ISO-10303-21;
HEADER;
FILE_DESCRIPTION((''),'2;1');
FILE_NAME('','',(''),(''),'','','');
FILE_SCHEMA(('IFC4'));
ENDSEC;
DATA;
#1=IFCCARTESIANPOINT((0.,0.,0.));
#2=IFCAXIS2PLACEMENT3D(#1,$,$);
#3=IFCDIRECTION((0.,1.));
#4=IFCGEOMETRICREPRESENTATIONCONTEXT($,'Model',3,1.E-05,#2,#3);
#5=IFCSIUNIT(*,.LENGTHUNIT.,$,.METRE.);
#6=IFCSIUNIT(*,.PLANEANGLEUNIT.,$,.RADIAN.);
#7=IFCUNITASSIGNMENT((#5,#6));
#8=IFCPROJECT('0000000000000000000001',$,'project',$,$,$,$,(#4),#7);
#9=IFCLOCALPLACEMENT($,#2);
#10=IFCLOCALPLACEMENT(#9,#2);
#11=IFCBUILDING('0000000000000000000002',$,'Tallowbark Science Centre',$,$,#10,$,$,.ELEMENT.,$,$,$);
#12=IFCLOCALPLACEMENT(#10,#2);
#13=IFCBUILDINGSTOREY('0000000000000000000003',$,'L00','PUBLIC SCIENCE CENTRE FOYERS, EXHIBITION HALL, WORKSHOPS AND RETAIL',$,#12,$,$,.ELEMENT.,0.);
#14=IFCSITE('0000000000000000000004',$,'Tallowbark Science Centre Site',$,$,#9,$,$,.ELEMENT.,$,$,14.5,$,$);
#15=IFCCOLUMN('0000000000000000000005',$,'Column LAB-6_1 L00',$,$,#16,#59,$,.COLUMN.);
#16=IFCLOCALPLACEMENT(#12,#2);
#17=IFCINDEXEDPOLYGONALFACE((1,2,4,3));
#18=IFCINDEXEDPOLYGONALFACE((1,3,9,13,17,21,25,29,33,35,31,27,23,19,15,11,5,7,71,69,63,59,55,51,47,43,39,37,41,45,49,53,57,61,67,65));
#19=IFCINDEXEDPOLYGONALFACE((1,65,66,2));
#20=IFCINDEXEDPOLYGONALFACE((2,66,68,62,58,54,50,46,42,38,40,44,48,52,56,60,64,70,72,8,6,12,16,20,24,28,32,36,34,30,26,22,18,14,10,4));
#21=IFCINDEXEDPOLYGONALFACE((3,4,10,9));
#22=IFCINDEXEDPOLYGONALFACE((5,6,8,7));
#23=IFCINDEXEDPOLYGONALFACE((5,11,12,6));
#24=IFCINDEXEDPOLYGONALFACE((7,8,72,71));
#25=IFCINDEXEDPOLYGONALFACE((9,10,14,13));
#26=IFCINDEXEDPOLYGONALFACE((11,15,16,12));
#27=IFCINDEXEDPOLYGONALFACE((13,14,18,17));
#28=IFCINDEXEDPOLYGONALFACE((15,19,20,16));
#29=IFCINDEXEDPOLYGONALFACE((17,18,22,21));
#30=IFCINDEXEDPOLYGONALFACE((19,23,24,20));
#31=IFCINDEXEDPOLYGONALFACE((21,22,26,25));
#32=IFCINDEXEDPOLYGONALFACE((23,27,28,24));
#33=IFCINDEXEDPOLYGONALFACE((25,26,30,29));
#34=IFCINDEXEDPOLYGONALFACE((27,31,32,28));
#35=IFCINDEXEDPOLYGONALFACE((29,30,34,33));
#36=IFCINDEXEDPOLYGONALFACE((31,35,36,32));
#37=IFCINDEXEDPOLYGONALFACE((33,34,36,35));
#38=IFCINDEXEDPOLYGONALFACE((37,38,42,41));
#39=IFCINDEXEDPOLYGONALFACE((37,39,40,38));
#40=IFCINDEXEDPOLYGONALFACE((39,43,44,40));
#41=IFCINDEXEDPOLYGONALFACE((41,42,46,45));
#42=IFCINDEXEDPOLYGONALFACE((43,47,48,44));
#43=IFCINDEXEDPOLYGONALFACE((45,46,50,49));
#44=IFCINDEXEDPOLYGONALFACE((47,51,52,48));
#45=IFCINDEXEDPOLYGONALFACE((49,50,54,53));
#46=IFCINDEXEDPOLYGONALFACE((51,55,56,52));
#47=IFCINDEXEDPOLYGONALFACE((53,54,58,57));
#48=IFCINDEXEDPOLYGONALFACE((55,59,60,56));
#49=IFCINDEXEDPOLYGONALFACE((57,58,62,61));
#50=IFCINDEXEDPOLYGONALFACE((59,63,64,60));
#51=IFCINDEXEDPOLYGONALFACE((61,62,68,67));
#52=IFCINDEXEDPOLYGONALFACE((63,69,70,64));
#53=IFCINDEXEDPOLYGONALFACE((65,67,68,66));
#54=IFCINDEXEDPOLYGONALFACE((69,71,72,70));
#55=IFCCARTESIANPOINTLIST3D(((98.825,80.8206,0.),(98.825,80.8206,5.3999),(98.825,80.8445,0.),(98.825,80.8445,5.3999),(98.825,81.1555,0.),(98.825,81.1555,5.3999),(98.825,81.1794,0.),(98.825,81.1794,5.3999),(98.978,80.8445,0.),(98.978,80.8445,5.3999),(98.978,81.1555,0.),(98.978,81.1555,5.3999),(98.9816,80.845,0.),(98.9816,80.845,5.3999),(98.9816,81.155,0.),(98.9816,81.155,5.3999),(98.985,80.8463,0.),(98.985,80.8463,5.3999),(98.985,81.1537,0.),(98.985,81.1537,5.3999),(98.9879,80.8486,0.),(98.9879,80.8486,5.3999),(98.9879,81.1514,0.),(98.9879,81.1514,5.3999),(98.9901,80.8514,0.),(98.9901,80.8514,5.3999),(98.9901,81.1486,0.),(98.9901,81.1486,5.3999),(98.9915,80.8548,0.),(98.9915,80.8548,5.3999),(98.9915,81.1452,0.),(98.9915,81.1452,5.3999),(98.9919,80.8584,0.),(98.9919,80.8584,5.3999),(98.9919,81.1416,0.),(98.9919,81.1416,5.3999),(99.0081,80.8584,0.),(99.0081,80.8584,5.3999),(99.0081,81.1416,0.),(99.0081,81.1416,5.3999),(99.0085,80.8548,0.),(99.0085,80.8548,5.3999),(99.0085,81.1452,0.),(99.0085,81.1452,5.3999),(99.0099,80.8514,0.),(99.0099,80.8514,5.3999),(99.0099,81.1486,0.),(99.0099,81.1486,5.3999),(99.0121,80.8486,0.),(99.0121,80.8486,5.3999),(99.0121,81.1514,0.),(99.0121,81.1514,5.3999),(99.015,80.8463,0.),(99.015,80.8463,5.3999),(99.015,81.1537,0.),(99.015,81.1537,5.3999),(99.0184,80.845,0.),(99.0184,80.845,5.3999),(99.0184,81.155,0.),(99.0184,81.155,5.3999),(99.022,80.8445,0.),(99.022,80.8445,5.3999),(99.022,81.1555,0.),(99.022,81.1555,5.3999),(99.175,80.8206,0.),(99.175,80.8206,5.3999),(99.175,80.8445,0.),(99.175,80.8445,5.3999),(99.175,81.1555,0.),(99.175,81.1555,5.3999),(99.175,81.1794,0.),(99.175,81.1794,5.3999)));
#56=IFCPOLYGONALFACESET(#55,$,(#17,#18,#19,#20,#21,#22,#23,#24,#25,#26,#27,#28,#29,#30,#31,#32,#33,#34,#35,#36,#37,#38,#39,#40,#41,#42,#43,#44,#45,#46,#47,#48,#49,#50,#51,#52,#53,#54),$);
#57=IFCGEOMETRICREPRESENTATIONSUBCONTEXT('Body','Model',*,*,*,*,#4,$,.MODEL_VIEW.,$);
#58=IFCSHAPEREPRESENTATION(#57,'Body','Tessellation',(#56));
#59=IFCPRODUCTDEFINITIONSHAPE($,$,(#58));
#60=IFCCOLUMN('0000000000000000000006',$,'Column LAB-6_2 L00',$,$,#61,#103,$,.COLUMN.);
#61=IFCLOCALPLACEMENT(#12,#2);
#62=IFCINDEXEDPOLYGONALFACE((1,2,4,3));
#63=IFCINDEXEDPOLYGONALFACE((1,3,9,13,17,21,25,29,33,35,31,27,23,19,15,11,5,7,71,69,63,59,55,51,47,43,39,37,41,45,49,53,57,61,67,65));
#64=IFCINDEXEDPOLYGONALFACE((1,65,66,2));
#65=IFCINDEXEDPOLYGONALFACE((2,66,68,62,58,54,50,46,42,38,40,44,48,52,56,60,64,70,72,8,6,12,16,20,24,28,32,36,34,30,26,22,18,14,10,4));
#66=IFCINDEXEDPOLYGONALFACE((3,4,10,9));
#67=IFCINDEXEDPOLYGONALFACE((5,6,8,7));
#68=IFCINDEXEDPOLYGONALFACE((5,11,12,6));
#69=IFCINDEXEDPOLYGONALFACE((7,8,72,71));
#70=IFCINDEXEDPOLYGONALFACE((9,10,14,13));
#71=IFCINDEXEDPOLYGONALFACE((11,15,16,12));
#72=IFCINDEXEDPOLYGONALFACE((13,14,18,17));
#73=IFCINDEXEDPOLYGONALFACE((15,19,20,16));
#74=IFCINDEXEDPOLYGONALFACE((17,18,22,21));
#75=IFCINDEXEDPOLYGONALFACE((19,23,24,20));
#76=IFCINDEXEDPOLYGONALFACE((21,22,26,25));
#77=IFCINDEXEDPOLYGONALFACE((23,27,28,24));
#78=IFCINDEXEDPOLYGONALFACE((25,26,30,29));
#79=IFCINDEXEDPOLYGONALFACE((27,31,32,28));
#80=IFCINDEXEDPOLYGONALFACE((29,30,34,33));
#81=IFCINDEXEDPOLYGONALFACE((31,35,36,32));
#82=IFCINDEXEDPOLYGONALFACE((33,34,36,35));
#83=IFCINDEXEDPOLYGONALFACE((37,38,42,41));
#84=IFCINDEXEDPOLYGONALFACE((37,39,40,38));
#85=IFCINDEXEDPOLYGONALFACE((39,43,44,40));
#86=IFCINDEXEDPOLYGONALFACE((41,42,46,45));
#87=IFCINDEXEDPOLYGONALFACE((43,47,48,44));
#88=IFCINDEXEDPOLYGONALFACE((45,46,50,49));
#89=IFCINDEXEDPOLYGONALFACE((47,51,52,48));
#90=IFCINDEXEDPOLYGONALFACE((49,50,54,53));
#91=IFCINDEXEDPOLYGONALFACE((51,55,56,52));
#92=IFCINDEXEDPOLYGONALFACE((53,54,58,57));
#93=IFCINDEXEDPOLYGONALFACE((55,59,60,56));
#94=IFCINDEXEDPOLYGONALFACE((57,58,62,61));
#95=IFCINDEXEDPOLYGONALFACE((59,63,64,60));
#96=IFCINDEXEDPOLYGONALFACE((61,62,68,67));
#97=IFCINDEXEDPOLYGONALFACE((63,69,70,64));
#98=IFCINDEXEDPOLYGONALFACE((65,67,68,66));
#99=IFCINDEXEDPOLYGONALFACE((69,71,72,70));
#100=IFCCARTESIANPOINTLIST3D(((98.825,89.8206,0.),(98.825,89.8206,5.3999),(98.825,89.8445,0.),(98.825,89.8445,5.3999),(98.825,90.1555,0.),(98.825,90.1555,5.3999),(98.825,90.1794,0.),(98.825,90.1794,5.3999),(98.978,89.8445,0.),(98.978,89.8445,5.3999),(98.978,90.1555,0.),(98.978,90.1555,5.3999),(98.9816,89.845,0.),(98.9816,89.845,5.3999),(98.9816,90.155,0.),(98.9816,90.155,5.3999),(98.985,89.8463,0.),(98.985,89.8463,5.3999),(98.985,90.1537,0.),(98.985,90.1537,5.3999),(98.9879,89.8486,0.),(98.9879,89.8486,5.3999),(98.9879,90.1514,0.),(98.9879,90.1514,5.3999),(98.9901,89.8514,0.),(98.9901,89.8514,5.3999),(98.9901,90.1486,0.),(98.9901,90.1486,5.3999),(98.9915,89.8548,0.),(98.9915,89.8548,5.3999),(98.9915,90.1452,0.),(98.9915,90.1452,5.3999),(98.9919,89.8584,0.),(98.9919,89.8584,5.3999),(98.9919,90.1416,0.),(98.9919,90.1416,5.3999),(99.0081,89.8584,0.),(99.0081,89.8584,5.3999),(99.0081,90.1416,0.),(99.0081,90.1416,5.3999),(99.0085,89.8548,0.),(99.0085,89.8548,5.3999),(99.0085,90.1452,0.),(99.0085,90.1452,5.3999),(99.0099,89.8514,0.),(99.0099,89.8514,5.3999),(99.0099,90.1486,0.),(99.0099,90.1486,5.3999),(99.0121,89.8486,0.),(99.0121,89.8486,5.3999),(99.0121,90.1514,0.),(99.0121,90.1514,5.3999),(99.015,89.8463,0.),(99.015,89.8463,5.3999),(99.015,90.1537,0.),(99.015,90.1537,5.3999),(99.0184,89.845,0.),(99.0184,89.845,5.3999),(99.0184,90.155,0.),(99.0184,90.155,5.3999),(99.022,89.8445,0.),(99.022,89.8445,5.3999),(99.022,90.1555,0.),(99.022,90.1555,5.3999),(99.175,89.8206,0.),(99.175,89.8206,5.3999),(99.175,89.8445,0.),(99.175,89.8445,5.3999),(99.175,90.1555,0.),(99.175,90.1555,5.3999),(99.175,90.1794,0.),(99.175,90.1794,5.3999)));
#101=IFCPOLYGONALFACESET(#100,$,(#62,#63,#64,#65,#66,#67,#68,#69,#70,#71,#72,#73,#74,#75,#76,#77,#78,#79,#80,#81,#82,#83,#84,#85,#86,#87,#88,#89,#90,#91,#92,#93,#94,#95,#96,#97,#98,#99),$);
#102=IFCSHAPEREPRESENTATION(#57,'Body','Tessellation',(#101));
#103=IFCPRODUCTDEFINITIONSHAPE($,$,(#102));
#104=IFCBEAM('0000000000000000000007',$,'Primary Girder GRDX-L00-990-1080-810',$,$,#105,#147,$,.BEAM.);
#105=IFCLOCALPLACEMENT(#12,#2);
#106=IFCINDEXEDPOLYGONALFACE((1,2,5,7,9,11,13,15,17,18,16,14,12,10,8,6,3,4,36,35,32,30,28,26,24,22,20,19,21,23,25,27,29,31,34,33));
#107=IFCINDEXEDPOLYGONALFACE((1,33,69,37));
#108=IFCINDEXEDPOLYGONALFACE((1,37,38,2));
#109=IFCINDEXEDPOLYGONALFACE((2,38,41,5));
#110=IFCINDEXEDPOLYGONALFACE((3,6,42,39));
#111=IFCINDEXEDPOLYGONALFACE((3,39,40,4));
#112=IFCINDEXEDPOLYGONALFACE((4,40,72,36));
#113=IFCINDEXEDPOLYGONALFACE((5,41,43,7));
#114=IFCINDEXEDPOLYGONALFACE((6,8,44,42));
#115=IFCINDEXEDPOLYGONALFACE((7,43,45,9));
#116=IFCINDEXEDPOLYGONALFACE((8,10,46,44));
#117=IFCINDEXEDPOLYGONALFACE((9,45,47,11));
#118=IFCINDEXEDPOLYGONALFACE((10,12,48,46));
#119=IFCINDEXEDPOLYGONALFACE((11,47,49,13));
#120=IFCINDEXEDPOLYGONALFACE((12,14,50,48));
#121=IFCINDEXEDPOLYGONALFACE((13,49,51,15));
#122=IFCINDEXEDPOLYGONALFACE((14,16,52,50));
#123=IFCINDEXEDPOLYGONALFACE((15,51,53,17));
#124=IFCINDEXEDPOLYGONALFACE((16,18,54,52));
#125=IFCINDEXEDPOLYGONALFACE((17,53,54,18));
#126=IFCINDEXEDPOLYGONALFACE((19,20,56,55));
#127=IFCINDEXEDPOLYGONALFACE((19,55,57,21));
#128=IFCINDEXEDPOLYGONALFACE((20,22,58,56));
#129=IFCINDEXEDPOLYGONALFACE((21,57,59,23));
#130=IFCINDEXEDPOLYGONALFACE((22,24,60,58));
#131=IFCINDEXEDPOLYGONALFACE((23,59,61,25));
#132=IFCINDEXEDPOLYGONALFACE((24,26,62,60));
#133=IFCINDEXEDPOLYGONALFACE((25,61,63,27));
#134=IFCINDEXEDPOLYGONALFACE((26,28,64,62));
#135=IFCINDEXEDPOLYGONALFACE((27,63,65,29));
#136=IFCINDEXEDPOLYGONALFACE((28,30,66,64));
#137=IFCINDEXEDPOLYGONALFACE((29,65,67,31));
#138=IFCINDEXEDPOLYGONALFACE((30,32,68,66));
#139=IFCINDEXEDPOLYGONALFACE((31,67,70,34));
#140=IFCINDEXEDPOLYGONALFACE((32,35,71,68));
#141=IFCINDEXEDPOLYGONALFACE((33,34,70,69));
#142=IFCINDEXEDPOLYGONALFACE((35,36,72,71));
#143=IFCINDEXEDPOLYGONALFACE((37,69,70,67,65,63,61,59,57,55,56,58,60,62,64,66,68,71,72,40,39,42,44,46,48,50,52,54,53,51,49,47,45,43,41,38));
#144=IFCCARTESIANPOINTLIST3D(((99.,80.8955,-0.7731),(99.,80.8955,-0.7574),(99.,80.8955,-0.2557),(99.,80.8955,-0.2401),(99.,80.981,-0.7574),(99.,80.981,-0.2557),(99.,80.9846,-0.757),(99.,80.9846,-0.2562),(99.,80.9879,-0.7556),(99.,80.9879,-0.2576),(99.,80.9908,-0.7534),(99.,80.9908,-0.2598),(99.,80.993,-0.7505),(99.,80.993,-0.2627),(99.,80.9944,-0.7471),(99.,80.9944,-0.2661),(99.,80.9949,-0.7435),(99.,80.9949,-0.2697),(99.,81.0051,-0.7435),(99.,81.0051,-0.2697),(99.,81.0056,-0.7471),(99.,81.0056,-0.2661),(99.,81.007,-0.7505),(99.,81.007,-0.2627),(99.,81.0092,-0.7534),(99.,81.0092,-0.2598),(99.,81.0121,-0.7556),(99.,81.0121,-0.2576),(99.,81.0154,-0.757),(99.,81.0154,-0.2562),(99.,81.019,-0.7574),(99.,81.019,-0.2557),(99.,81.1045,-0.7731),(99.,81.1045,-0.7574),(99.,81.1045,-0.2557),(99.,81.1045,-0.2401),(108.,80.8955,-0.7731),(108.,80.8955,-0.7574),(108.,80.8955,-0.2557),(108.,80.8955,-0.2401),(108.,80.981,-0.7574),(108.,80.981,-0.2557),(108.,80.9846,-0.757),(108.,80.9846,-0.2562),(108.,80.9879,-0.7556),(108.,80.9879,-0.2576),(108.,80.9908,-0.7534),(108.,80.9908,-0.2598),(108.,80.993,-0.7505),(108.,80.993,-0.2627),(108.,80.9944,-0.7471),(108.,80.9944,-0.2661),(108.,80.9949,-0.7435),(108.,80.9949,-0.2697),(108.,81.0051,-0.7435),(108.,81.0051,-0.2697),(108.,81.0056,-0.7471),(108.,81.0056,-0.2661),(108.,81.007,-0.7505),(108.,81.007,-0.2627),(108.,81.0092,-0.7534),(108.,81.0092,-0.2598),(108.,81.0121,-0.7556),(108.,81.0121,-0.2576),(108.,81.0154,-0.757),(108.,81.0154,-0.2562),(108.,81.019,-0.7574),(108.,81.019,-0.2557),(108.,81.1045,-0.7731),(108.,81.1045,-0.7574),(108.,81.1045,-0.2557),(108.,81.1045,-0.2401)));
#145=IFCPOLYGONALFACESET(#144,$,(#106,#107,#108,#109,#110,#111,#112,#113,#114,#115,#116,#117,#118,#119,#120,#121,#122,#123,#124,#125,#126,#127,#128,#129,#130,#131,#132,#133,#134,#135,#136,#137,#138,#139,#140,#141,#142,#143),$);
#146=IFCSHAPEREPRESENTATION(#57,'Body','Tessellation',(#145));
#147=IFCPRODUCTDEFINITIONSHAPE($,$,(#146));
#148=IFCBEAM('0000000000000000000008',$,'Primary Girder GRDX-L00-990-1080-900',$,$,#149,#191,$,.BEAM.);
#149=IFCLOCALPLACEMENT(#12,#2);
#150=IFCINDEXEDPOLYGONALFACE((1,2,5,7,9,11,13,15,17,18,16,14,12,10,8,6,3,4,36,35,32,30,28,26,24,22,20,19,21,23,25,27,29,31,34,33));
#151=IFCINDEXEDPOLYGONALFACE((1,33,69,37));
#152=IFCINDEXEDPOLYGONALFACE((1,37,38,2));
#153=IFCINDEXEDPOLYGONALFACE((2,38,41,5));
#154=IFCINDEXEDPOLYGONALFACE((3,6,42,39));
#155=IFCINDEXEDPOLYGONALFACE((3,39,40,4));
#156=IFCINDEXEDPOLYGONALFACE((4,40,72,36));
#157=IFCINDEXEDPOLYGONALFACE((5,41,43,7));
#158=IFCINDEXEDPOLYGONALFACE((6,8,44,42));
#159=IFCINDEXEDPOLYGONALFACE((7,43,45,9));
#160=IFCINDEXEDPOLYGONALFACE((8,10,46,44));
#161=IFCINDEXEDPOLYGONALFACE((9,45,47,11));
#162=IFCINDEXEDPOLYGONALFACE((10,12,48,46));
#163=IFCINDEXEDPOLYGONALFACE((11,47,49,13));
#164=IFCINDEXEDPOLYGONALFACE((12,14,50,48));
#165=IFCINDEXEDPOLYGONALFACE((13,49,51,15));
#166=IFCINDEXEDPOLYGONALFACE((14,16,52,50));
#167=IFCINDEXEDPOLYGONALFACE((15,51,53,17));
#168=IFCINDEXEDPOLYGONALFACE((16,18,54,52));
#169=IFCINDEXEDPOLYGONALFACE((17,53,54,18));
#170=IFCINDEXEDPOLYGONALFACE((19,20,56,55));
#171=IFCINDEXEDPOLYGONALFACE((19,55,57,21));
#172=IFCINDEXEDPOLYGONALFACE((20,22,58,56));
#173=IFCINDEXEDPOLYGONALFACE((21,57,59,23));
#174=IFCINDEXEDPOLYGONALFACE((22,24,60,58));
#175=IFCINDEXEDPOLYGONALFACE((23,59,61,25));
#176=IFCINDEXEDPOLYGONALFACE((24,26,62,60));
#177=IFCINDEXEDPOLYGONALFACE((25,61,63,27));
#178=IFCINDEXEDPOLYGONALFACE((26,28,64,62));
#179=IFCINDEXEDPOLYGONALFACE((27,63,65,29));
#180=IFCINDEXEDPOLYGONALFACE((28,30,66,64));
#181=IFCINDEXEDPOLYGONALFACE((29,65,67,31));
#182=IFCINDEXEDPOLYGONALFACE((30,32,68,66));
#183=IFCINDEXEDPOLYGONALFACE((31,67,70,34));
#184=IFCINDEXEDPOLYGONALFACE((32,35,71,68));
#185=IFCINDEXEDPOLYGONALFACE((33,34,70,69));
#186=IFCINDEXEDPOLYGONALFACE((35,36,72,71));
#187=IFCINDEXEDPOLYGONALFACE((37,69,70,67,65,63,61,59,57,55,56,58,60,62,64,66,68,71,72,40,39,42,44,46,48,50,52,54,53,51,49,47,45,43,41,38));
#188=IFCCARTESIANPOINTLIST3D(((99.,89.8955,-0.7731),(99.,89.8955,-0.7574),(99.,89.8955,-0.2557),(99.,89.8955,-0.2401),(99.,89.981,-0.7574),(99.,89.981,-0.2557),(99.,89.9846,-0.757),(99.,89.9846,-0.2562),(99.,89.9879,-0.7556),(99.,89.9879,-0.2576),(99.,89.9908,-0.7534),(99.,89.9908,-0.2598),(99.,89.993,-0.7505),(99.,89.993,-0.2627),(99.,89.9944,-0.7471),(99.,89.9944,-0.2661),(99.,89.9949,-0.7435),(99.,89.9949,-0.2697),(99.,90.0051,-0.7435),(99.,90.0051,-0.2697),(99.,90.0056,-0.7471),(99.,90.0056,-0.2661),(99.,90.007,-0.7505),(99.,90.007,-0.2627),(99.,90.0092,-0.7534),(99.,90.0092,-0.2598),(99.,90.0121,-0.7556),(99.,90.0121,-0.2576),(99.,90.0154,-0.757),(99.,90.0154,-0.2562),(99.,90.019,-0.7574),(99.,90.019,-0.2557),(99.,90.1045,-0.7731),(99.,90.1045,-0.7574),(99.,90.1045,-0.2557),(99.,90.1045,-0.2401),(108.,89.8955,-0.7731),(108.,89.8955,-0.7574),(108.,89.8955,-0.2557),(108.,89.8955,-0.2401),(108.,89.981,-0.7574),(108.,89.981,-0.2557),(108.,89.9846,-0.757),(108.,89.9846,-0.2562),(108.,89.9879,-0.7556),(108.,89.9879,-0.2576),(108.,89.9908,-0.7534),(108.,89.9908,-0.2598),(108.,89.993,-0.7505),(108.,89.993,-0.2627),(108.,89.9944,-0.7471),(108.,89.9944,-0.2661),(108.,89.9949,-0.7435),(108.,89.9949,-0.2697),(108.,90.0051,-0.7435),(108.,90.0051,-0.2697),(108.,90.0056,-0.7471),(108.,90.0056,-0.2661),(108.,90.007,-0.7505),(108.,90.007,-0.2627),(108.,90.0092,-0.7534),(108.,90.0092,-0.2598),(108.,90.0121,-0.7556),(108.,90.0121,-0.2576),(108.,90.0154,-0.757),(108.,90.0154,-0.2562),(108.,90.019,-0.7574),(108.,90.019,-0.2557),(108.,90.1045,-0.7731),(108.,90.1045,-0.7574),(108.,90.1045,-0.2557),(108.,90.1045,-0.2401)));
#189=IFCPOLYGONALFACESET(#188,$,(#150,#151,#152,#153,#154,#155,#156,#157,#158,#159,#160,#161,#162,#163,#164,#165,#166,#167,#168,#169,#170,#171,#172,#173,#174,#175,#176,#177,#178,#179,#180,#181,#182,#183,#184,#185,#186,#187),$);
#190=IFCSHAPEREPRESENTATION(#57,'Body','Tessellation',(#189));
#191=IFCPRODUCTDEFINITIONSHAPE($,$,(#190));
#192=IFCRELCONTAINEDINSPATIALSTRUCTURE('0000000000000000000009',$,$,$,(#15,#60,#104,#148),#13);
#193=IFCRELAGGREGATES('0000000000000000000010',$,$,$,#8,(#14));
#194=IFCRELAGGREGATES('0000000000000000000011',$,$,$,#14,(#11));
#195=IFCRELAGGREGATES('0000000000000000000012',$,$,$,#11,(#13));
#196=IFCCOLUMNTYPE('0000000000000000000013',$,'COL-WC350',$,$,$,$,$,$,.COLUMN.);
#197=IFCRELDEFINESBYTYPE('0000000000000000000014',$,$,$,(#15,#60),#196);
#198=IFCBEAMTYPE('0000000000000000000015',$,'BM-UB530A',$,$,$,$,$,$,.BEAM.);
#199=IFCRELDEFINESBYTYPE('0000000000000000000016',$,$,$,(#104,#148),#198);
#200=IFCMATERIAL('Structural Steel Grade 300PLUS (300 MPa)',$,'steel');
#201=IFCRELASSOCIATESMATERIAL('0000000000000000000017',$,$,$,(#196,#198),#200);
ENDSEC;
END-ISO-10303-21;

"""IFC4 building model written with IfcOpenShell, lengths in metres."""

from ifc_helpers import new_model, si_unit, direction, frame, origin, origin_2d, place, context, subcontext, project, spatial, i_section, extrude, material, material_profile, profile_set, type_object, element, save


model = new_model("IFC4")

# Units and contexts
model_context = context("Model", 3, precision=1e-05, world=origin(), true_north=direction((0.0, 1.0)))
body_context = subcontext(model_context, "Body", "Model", "MODEL_VIEW")
ifc_project = project(units=[si_unit("LENGTHUNIT", "METRE"), si_unit("PLANEANGLEUNIT", "RADIAN")], contexts=[model_context])

# Site, building, storey
site_placement = place(None, origin())
site = spatial("IfcSite", under=ifc_project, at=site_placement, Name="Tallowbark Science Centre Site", CompositionType="ELEMENT", RefElevation=14.5)
building_placement = place(site_placement, origin())
building = spatial("IfcBuilding", under=site, at=building_placement, Name="Tallowbark Science Centre", CompositionType="ELEMENT")
storey_placement = place(building_placement, origin())
storey = spatial("IfcBuildingStorey", under=building, at=storey_placement, Name="L00", Description="PUBLIC SCIENCE CENTRE FOYERS, EXHIBITION HALL, WORKSHOPS AND RETAIL", CompositionType="ELEMENT", Elevation=0.0)

# Columns
ifc_material_1 = material(Name="Structural Steel Grade 300PLUS (300 MPa)", Category="steel")
ifc_material_profile_1 = material_profile(ifc_material_1, i_section(OverallWidth=0.3501, OverallDepth=0.3589, WebThickness=0.0161, FlangeThickness=0.0239, FilletRadius=0.0139, at=origin_2d()), Name="350WC197")
ifc_profile_set_1 = profile_set([ifc_material_profile_1], Name="Structural Steel Grade 300PLUS (300 MPa)")
column_type = type_object("IfcColumnType", Name="COL-WC350", PredefinedType="COLUMN", material=ifc_profile_set_1)
for number, where, z_axis, x_axis, name in (
    (1, (99.0, 81.0, 0.0), (0.0, 0.0, 1.0), (1.0, 0.0, 0.0), "Column LAB-6_1 L00"),
    (2, (99.0, 90.0, 0.0), (0.0, 0.0, 1.0), (1.0, 0.0, 0.0), "Column LAB-6_2 L00"),
):
    element("IfcColumn", number, at=place(storey_placement, frame(where, z_axis=z_axis, x_axis=x_axis)), inside=storey, type_object=column_type, Name=name, PredefinedType="COLUMN", context=body_context, shape_type="SweptSolid", body=[
        extrude(i_section(OverallWidth=0.3501, OverallDepth=0.3589, WebThickness=0.0161, FlangeThickness=0.0239, FilletRadius=0.0139, at=origin_2d()), origin(), (0.0, 0.0, 1.0), 5.3999),
    ])

# Beams
ifc_material_profile_2 = material_profile(ifc_material_1, i_section(OverallWidth=0.209, OverallDepth=0.533, WebThickness=0.0103, FlangeThickness=0.0156, FilletRadius=0.0139, at=origin_2d()), Name="530UB92.4")
ifc_profile_set_2 = profile_set([ifc_material_profile_2], Name="Structural Steel Grade 300PLUS (300 MPa)")
beam_type_1 = type_object("IfcBeamType", Name="BM-UB530A", PredefinedType="BEAM", material=ifc_profile_set_2)
for number, where, z_axis, x_axis, name in (
    (3, (99.0, 81.0, -0.5066), (1.0, 0.0, 0.0), (0.0, 1.0, 0.0), "Primary Girder GRDX-L00-990-1080-810"),
    (4, (99.0, 90.0, -0.5066), (1.0, 0.0, 0.0), (0.0, 1.0, 0.0), "Primary Girder GRDX-L00-990-1080-900"),
):
    element("IfcBeam", number, at=place(storey_placement, frame(where, z_axis=z_axis, x_axis=x_axis)), inside=storey, type_object=beam_type_1, Name=name, PredefinedType="BEAM", context=body_context, shape_type="SweptSolid", body=[
        extrude(i_section(OverallWidth=0.209, OverallDepth=0.533, WebThickness=0.0103, FlangeThickness=0.0156, FilletRadius=0.0139, at=origin_2d()), origin(), (0.0, 0.0, 1.0), 9.0),
    ])

save(model, "model.ifc")
